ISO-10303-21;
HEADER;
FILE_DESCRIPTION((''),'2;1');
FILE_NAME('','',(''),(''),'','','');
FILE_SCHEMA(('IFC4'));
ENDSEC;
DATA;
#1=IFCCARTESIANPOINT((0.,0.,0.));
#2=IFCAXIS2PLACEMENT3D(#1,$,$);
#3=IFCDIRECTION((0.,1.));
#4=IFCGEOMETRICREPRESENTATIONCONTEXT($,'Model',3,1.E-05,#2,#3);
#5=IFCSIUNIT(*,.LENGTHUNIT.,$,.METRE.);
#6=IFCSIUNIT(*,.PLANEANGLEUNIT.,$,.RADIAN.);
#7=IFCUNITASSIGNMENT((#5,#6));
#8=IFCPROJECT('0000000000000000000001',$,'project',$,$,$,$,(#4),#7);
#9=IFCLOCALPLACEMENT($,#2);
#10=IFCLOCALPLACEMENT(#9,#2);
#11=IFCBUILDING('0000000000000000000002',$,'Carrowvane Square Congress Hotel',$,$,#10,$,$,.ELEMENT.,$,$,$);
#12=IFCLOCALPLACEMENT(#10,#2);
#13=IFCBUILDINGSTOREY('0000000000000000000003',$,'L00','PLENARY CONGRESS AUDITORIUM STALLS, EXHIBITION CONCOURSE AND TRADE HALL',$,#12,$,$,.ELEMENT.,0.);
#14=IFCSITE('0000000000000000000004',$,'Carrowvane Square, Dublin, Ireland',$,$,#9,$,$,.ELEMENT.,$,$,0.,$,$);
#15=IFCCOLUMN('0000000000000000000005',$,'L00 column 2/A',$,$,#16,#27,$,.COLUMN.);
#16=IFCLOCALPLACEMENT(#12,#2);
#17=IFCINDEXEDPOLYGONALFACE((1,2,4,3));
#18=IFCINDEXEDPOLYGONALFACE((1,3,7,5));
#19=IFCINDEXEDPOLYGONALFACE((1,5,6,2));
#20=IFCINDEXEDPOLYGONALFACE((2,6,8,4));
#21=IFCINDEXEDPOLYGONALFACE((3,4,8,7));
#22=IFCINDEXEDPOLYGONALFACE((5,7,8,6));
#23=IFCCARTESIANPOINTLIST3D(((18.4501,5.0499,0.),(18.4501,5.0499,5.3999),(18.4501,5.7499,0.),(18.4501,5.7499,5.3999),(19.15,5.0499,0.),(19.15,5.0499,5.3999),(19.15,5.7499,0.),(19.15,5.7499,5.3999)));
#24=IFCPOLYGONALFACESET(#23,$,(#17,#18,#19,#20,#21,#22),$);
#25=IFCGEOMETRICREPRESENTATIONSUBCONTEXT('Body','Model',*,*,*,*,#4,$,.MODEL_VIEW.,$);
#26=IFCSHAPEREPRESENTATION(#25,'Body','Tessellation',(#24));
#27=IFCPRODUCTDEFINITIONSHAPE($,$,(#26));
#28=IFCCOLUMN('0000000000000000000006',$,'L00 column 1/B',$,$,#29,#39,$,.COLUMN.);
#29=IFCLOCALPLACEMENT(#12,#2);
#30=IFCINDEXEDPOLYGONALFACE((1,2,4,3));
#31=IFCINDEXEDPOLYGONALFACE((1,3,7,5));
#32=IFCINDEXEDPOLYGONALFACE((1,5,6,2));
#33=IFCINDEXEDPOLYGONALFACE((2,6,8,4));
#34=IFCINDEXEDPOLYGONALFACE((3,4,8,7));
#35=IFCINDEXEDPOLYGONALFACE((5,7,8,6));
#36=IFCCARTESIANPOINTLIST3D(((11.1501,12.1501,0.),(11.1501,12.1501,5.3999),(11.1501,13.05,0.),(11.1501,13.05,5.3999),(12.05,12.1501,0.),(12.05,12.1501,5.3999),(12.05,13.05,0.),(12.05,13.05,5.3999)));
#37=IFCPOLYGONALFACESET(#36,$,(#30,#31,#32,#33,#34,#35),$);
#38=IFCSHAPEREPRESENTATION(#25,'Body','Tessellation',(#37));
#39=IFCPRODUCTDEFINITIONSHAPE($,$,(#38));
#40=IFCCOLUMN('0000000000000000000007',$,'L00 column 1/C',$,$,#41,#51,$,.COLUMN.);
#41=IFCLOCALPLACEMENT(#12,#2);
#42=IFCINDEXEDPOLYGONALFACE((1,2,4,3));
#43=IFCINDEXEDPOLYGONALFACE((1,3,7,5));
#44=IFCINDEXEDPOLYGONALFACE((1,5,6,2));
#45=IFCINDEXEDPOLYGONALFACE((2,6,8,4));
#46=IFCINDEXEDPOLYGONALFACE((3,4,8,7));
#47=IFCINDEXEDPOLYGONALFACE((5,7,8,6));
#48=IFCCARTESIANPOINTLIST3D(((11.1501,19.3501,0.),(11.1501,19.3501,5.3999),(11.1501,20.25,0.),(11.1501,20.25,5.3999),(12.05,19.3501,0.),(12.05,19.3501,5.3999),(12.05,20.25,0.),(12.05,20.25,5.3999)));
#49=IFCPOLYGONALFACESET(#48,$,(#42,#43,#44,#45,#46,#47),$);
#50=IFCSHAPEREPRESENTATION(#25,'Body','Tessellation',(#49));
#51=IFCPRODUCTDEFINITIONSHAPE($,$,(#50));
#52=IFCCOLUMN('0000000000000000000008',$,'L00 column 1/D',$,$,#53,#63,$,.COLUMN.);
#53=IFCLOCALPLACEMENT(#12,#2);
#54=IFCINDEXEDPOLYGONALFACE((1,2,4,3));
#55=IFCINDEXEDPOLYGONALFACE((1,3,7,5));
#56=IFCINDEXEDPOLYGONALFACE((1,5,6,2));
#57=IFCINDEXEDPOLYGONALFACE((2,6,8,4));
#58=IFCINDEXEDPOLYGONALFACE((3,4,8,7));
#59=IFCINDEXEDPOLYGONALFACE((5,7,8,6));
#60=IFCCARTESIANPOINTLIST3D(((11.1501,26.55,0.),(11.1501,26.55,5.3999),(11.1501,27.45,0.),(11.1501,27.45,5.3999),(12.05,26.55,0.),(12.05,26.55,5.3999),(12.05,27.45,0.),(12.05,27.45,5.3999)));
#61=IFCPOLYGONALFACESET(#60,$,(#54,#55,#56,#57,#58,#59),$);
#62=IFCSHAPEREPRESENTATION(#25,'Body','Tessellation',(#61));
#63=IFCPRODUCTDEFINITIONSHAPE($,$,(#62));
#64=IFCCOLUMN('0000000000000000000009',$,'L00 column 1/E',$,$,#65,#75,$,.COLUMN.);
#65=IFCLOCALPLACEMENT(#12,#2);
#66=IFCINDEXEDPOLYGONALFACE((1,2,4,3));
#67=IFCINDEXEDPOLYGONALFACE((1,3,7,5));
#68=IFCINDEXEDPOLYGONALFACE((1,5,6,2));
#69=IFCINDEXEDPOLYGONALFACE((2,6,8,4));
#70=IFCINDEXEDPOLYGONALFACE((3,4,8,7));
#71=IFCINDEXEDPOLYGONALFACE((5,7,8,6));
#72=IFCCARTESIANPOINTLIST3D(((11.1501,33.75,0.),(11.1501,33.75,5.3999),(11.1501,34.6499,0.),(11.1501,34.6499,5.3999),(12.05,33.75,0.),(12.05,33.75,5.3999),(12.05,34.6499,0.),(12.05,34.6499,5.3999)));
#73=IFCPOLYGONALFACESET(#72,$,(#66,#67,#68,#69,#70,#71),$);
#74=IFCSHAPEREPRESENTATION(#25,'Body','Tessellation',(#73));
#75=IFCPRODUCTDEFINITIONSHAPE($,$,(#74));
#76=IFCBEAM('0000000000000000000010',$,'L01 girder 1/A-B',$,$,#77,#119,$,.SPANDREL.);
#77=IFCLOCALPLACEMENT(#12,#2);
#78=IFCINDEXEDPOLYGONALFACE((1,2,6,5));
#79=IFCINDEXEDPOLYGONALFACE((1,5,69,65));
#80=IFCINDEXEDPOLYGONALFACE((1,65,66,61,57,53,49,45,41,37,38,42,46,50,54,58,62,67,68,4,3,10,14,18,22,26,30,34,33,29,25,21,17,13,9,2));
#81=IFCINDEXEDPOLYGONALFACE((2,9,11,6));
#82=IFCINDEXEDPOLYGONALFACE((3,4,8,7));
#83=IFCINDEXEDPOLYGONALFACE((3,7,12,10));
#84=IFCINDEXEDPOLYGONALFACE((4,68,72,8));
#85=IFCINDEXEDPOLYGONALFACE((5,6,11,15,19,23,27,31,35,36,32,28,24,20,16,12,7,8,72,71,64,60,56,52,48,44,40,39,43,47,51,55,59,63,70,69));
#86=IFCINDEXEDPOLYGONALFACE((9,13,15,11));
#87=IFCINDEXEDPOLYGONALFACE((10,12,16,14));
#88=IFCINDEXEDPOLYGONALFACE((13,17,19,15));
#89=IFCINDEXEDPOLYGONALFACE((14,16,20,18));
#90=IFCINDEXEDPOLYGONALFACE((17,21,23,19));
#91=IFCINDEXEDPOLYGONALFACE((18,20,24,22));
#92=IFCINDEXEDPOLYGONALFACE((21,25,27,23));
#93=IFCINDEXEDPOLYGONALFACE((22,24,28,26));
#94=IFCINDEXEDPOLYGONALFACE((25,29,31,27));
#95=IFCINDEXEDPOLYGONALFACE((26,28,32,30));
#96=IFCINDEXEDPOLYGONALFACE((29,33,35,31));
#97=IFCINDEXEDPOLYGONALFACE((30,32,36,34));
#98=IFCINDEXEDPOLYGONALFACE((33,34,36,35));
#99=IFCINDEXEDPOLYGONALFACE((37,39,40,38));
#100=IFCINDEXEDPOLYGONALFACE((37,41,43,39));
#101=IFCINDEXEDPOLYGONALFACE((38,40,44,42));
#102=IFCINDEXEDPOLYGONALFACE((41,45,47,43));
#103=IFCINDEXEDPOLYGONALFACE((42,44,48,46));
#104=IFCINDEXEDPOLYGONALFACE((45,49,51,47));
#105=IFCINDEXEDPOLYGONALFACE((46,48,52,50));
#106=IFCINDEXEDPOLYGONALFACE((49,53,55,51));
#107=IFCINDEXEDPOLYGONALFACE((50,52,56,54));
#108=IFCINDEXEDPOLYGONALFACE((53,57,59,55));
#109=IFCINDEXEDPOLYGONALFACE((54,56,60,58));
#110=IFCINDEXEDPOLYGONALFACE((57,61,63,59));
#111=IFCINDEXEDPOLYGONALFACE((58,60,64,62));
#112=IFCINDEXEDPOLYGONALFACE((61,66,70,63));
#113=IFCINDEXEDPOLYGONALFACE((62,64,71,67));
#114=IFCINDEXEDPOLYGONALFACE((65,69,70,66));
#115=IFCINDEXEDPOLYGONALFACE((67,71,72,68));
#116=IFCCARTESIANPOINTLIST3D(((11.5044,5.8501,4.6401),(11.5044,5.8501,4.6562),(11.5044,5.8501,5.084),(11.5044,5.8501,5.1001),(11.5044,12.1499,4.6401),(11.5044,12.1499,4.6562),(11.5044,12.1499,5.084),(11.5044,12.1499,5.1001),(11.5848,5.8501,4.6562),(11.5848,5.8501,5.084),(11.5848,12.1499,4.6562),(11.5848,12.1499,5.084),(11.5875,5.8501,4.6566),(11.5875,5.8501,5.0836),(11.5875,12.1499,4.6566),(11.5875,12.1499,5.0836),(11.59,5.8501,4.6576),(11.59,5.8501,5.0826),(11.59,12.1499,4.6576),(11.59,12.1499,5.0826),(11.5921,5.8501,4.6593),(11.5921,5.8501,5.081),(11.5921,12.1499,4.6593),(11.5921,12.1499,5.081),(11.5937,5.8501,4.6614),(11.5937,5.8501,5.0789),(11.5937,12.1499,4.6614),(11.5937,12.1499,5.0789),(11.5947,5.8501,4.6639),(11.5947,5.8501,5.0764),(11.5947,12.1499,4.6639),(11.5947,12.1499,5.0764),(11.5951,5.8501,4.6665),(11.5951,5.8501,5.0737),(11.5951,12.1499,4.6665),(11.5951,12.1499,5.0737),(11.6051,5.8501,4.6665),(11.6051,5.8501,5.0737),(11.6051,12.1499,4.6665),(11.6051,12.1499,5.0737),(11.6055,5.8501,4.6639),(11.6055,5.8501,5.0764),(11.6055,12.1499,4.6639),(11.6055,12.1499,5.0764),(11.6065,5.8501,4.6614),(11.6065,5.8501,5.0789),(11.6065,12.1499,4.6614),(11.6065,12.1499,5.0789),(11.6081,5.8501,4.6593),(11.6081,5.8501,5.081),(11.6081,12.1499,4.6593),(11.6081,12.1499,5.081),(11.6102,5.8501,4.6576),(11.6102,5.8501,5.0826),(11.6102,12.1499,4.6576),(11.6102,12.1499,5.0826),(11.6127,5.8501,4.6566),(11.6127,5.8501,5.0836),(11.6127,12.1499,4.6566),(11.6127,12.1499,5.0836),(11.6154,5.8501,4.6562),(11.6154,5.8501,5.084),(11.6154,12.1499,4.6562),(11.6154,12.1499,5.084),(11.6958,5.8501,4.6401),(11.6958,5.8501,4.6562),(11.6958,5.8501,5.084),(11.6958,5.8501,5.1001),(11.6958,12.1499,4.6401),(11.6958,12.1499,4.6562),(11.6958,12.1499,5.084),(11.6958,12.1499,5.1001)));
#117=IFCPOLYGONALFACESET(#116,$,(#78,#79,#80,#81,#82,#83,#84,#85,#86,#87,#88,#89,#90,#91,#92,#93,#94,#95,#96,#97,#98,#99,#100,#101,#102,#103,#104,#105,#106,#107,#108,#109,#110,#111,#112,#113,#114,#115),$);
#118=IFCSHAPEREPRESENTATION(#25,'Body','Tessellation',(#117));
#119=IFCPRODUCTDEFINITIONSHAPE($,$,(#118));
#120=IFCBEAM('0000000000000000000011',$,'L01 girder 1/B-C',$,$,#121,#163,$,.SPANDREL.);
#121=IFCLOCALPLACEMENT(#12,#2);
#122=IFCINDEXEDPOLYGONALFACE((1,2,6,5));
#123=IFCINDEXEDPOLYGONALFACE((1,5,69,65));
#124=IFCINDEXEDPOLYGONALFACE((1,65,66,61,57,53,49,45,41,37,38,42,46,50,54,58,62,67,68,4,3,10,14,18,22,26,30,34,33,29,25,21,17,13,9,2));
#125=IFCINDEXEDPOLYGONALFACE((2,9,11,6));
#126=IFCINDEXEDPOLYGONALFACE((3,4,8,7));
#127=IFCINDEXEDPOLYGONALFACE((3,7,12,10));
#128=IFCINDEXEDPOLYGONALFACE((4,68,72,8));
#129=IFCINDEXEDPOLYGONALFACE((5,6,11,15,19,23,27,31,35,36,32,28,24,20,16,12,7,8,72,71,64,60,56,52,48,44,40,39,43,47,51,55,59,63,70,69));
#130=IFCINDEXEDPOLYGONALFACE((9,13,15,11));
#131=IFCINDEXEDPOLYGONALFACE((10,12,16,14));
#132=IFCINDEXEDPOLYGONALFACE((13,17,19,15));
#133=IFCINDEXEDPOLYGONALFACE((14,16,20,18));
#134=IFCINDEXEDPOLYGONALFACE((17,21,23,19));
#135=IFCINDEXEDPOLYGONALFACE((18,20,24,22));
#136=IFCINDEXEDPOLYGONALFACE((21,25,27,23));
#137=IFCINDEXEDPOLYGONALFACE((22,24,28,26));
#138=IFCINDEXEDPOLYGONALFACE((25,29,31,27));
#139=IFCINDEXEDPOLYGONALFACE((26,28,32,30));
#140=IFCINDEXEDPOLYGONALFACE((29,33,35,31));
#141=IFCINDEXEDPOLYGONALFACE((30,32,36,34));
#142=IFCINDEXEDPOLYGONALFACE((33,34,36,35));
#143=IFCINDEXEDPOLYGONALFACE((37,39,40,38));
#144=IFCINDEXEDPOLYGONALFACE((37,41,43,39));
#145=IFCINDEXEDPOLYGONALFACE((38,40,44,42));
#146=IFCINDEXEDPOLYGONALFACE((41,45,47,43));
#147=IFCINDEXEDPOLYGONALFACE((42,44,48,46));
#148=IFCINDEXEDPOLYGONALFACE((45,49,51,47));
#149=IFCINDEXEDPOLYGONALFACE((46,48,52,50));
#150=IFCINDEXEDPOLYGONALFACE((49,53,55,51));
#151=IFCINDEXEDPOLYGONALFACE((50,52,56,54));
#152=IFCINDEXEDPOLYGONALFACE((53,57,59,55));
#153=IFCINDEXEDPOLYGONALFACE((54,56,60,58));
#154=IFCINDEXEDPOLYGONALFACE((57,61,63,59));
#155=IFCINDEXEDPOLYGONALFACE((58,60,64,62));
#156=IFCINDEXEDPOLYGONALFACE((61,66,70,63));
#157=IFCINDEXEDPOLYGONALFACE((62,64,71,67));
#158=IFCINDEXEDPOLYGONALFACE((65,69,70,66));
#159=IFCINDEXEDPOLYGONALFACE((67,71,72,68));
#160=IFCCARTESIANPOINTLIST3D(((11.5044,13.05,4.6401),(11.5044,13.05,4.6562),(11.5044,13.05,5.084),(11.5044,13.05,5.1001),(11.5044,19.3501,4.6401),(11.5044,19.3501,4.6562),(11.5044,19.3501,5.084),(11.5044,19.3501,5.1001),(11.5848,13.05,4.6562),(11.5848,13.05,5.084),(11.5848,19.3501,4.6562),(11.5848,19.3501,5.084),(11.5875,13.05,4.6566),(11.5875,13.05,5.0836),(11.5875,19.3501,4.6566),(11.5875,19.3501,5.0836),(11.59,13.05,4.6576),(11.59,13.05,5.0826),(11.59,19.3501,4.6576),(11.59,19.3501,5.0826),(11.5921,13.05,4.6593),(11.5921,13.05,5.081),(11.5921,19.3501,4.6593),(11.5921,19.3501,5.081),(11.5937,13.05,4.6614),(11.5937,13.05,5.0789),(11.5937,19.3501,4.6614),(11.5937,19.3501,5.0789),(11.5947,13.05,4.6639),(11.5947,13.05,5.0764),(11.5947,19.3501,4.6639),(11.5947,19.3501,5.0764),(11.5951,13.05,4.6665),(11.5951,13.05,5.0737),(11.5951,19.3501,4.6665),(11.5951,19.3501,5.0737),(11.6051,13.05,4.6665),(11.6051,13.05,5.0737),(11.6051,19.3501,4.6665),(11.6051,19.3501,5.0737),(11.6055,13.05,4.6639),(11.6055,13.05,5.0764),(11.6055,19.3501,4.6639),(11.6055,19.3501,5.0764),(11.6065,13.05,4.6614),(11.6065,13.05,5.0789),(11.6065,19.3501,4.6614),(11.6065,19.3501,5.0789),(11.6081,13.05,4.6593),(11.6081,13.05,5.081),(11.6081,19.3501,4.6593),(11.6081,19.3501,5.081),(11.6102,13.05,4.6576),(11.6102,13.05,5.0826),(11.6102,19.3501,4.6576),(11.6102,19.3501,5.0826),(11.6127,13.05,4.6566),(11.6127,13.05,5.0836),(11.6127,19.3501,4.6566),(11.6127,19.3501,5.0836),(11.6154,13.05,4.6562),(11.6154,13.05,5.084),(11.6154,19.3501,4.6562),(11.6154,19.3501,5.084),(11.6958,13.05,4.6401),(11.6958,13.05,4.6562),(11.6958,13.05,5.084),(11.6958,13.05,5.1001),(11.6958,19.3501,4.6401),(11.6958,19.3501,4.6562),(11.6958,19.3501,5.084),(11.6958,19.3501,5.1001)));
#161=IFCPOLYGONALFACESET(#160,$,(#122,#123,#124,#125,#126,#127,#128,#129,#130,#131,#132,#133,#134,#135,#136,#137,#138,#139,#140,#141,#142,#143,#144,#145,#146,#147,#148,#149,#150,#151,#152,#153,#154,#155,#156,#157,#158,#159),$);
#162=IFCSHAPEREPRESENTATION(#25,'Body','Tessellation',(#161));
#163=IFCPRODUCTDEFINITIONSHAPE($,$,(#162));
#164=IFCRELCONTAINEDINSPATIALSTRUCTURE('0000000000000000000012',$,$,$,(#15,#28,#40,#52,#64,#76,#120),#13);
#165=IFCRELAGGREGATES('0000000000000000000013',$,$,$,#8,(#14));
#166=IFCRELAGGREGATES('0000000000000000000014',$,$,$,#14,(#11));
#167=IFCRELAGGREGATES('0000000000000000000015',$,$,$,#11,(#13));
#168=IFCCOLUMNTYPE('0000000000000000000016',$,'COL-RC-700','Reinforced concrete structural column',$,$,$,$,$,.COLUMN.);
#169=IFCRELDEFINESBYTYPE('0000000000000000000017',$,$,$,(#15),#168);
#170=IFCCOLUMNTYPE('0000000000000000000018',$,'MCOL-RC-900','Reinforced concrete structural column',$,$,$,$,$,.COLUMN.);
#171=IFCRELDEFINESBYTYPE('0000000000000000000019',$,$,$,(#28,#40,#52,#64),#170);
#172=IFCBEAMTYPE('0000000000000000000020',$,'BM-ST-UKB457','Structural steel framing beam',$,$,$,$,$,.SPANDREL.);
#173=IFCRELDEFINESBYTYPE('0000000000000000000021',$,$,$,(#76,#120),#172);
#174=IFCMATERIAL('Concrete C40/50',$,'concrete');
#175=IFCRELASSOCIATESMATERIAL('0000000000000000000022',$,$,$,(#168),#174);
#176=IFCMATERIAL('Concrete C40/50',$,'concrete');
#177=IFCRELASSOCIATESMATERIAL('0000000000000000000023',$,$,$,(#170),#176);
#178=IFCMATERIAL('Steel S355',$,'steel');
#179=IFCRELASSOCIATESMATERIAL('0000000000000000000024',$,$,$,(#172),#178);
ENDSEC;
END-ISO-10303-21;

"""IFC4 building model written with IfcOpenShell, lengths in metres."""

from ifc_helpers import new_model, si_unit, direction, frame, origin, origin_2d, place, context, subcontext, project, spatial, rectangle, i_section, extrude, material, material_profile, profile_set, type_object, element, save


model = new_model("IFC4")

# Units and contexts
model_context = context("Model", 3, precision=1e-05, world=origin(), true_north=direction((0.0, 1.0)))
body_context = subcontext(model_context, "Body", "Model", "MODEL_VIEW")
ifc_project = project(units=[si_unit("LENGTHUNIT", "METRE"), si_unit("PLANEANGLEUNIT", "RADIAN")], contexts=[model_context])

# Site, building, storey
site_placement = place(None, origin())
site = spatial("IfcSite", under=ifc_project, at=site_placement, Name="Carrowvane Square, Dublin, Ireland", CompositionType="ELEMENT", RefElevation=0.0)
building_placement = place(site_placement, origin())
building = spatial("IfcBuilding", under=site, at=building_placement, Name="Carrowvane Square Congress Hotel", CompositionType="ELEMENT")
storey_placement = place(building_placement, origin())
storey = spatial("IfcBuildingStorey", under=building, at=storey_placement, Name="L00", Description="PLENARY CONGRESS AUDITORIUM STALLS, EXHIBITION CONCOURSE AND TRADE HALL", CompositionType="ELEMENT", Elevation=0.0)

# Columns
ifc_material_1 = material(Name="Concrete C40/50", Category="concrete")
ifc_material_profile_1 = material_profile(ifc_material_1, rectangle(XDim=0.7, YDim=0.7, at=origin_2d()), Name="RC 700x700")
ifc_profile_set_1 = profile_set([ifc_material_profile_1], Name="Concrete C40/50")
column_type_1 = type_object("IfcColumnType", Name="COL-RC-700", Description="Reinforced concrete structural column", PredefinedType="COLUMN", material=ifc_profile_set_1)
column_placement = place(storey_placement, frame((18.8, 5.3999, 0.0), z_axis=(0.0, 0.0, 1.0), x_axis=(1.0, 0.0, 0.0)))
element("IfcColumn", 1, at=column_placement, inside=storey, type_object=column_type_1, Name="L00 column 2/A", PredefinedType="COLUMN", context=body_context, shape_type="SweptSolid", body=[
    extrude(rectangle(XDim=0.7, YDim=0.7, at=origin_2d()), origin(), (0.0, 0.0, 1.0), 5.3999),
])
ifc_material_2 = material(Name="Concrete C40/50", Category="concrete")
ifc_material_profile_2 = material_profile(ifc_material_2, rectangle(XDim=0.8999, YDim=0.8999, at=origin_2d()), Name="RC 900x900")
ifc_profile_set_2 = profile_set([ifc_material_profile_2], Name="Concrete C40/50")
column_type_2 = type_object("IfcColumnType", Name="MCOL-RC-900", Description="Reinforced concrete structural column", PredefinedType="COLUMN", material=ifc_profile_set_2)
for number, where, z_axis, x_axis, name in (
    (2, (11.6001, 12.6001, 0.0), (0.0, 0.0, 1.0), (1.0, 0.0, 0.0), "L00 column 1/B"),
    (3, (11.6001, 19.8, 0.0), (0.0, 0.0, 1.0), (1.0, 0.0, 0.0), "L00 column 1/C"),
    (4, (11.6001, 27.0, 0.0), (0.0, 0.0, 1.0), (1.0, 0.0, 0.0), "L00 column 1/D"),
    (5, (11.6001, 34.2, 0.0), (0.0, 0.0, 1.0), (1.0, 0.0, 0.0), "L00 column 1/E"),
):
    element("IfcColumn", number, at=place(storey_placement, frame(where, z_axis=z_axis, x_axis=x_axis)), inside=storey, type_object=column_type_2, Name=name, PredefinedType="COLUMN", context=body_context, shape_type="SweptSolid", body=[
        extrude(rectangle(XDim=0.8999, YDim=0.8999, at=origin_2d()), origin(), (0.0, 0.0, 1.0), 5.3999),
    ])

# Beams
ifc_material_3 = material(Name="Steel S355", Category="steel")
ifc_material_profile_3 = material_profile(ifc_material_3, i_section(OverallWidth=0.1914, OverallDepth=0.46, WebThickness=0.01, FlangeThickness=0.0161, FilletRadius=0.0103, at=origin_2d()), Name="UKB 457x191x82")
ifc_profile_set_3 = profile_set([ifc_material_profile_3], Name="Steel S355")
beam_type_1 = type_object("IfcBeamType", Name="BM-ST-UKB457", Description="Structural steel framing beam", PredefinedType="SPANDREL", material=ifc_profile_set_3)
beam_1_placement = place(storey_placement, frame((11.6001, 5.8501, 4.8701), z_axis=(0.0, 1.0, 0.0), x_axis=(-1.0, 0.0, 0.0)))
element("IfcBeam", 6, at=beam_1_placement, inside=storey, type_object=beam_type_1, Name="L01 girder 1/A-B", PredefinedType="SPANDREL", context=body_context, shape_type="SweptSolid", body=[
    extrude(i_section(OverallWidth=0.1914, OverallDepth=0.46, WebThickness=0.01, FlangeThickness=0.0161, FilletRadius=0.0103, at=origin_2d()), origin(), (0.0, 0.0, 1.0), 6.2998),
])
for number, where, z_axis, x_axis, name in (
    (7, (11.6001, 13.05, 4.8701), (0.0, 1.0, 0.0), (-1.0, 0.0, 0.0), "L01 girder 1/B-C"),
):
    element("IfcBeam", number, at=place(storey_placement, frame(where, z_axis=z_axis, x_axis=x_axis)), inside=storey, type_object=beam_type_1, Name=name, PredefinedType="SPANDREL", context=body_context, shape_type="SweptSolid", body=[
        extrude(i_section(OverallWidth=0.1914, OverallDepth=0.46, WebThickness=0.01, FlangeThickness=0.0161, FilletRadius=0.0103, at=origin_2d()), origin(), (0.0, 0.0, 1.0), 6.3),
    ])

save(model, "model.ifc")
